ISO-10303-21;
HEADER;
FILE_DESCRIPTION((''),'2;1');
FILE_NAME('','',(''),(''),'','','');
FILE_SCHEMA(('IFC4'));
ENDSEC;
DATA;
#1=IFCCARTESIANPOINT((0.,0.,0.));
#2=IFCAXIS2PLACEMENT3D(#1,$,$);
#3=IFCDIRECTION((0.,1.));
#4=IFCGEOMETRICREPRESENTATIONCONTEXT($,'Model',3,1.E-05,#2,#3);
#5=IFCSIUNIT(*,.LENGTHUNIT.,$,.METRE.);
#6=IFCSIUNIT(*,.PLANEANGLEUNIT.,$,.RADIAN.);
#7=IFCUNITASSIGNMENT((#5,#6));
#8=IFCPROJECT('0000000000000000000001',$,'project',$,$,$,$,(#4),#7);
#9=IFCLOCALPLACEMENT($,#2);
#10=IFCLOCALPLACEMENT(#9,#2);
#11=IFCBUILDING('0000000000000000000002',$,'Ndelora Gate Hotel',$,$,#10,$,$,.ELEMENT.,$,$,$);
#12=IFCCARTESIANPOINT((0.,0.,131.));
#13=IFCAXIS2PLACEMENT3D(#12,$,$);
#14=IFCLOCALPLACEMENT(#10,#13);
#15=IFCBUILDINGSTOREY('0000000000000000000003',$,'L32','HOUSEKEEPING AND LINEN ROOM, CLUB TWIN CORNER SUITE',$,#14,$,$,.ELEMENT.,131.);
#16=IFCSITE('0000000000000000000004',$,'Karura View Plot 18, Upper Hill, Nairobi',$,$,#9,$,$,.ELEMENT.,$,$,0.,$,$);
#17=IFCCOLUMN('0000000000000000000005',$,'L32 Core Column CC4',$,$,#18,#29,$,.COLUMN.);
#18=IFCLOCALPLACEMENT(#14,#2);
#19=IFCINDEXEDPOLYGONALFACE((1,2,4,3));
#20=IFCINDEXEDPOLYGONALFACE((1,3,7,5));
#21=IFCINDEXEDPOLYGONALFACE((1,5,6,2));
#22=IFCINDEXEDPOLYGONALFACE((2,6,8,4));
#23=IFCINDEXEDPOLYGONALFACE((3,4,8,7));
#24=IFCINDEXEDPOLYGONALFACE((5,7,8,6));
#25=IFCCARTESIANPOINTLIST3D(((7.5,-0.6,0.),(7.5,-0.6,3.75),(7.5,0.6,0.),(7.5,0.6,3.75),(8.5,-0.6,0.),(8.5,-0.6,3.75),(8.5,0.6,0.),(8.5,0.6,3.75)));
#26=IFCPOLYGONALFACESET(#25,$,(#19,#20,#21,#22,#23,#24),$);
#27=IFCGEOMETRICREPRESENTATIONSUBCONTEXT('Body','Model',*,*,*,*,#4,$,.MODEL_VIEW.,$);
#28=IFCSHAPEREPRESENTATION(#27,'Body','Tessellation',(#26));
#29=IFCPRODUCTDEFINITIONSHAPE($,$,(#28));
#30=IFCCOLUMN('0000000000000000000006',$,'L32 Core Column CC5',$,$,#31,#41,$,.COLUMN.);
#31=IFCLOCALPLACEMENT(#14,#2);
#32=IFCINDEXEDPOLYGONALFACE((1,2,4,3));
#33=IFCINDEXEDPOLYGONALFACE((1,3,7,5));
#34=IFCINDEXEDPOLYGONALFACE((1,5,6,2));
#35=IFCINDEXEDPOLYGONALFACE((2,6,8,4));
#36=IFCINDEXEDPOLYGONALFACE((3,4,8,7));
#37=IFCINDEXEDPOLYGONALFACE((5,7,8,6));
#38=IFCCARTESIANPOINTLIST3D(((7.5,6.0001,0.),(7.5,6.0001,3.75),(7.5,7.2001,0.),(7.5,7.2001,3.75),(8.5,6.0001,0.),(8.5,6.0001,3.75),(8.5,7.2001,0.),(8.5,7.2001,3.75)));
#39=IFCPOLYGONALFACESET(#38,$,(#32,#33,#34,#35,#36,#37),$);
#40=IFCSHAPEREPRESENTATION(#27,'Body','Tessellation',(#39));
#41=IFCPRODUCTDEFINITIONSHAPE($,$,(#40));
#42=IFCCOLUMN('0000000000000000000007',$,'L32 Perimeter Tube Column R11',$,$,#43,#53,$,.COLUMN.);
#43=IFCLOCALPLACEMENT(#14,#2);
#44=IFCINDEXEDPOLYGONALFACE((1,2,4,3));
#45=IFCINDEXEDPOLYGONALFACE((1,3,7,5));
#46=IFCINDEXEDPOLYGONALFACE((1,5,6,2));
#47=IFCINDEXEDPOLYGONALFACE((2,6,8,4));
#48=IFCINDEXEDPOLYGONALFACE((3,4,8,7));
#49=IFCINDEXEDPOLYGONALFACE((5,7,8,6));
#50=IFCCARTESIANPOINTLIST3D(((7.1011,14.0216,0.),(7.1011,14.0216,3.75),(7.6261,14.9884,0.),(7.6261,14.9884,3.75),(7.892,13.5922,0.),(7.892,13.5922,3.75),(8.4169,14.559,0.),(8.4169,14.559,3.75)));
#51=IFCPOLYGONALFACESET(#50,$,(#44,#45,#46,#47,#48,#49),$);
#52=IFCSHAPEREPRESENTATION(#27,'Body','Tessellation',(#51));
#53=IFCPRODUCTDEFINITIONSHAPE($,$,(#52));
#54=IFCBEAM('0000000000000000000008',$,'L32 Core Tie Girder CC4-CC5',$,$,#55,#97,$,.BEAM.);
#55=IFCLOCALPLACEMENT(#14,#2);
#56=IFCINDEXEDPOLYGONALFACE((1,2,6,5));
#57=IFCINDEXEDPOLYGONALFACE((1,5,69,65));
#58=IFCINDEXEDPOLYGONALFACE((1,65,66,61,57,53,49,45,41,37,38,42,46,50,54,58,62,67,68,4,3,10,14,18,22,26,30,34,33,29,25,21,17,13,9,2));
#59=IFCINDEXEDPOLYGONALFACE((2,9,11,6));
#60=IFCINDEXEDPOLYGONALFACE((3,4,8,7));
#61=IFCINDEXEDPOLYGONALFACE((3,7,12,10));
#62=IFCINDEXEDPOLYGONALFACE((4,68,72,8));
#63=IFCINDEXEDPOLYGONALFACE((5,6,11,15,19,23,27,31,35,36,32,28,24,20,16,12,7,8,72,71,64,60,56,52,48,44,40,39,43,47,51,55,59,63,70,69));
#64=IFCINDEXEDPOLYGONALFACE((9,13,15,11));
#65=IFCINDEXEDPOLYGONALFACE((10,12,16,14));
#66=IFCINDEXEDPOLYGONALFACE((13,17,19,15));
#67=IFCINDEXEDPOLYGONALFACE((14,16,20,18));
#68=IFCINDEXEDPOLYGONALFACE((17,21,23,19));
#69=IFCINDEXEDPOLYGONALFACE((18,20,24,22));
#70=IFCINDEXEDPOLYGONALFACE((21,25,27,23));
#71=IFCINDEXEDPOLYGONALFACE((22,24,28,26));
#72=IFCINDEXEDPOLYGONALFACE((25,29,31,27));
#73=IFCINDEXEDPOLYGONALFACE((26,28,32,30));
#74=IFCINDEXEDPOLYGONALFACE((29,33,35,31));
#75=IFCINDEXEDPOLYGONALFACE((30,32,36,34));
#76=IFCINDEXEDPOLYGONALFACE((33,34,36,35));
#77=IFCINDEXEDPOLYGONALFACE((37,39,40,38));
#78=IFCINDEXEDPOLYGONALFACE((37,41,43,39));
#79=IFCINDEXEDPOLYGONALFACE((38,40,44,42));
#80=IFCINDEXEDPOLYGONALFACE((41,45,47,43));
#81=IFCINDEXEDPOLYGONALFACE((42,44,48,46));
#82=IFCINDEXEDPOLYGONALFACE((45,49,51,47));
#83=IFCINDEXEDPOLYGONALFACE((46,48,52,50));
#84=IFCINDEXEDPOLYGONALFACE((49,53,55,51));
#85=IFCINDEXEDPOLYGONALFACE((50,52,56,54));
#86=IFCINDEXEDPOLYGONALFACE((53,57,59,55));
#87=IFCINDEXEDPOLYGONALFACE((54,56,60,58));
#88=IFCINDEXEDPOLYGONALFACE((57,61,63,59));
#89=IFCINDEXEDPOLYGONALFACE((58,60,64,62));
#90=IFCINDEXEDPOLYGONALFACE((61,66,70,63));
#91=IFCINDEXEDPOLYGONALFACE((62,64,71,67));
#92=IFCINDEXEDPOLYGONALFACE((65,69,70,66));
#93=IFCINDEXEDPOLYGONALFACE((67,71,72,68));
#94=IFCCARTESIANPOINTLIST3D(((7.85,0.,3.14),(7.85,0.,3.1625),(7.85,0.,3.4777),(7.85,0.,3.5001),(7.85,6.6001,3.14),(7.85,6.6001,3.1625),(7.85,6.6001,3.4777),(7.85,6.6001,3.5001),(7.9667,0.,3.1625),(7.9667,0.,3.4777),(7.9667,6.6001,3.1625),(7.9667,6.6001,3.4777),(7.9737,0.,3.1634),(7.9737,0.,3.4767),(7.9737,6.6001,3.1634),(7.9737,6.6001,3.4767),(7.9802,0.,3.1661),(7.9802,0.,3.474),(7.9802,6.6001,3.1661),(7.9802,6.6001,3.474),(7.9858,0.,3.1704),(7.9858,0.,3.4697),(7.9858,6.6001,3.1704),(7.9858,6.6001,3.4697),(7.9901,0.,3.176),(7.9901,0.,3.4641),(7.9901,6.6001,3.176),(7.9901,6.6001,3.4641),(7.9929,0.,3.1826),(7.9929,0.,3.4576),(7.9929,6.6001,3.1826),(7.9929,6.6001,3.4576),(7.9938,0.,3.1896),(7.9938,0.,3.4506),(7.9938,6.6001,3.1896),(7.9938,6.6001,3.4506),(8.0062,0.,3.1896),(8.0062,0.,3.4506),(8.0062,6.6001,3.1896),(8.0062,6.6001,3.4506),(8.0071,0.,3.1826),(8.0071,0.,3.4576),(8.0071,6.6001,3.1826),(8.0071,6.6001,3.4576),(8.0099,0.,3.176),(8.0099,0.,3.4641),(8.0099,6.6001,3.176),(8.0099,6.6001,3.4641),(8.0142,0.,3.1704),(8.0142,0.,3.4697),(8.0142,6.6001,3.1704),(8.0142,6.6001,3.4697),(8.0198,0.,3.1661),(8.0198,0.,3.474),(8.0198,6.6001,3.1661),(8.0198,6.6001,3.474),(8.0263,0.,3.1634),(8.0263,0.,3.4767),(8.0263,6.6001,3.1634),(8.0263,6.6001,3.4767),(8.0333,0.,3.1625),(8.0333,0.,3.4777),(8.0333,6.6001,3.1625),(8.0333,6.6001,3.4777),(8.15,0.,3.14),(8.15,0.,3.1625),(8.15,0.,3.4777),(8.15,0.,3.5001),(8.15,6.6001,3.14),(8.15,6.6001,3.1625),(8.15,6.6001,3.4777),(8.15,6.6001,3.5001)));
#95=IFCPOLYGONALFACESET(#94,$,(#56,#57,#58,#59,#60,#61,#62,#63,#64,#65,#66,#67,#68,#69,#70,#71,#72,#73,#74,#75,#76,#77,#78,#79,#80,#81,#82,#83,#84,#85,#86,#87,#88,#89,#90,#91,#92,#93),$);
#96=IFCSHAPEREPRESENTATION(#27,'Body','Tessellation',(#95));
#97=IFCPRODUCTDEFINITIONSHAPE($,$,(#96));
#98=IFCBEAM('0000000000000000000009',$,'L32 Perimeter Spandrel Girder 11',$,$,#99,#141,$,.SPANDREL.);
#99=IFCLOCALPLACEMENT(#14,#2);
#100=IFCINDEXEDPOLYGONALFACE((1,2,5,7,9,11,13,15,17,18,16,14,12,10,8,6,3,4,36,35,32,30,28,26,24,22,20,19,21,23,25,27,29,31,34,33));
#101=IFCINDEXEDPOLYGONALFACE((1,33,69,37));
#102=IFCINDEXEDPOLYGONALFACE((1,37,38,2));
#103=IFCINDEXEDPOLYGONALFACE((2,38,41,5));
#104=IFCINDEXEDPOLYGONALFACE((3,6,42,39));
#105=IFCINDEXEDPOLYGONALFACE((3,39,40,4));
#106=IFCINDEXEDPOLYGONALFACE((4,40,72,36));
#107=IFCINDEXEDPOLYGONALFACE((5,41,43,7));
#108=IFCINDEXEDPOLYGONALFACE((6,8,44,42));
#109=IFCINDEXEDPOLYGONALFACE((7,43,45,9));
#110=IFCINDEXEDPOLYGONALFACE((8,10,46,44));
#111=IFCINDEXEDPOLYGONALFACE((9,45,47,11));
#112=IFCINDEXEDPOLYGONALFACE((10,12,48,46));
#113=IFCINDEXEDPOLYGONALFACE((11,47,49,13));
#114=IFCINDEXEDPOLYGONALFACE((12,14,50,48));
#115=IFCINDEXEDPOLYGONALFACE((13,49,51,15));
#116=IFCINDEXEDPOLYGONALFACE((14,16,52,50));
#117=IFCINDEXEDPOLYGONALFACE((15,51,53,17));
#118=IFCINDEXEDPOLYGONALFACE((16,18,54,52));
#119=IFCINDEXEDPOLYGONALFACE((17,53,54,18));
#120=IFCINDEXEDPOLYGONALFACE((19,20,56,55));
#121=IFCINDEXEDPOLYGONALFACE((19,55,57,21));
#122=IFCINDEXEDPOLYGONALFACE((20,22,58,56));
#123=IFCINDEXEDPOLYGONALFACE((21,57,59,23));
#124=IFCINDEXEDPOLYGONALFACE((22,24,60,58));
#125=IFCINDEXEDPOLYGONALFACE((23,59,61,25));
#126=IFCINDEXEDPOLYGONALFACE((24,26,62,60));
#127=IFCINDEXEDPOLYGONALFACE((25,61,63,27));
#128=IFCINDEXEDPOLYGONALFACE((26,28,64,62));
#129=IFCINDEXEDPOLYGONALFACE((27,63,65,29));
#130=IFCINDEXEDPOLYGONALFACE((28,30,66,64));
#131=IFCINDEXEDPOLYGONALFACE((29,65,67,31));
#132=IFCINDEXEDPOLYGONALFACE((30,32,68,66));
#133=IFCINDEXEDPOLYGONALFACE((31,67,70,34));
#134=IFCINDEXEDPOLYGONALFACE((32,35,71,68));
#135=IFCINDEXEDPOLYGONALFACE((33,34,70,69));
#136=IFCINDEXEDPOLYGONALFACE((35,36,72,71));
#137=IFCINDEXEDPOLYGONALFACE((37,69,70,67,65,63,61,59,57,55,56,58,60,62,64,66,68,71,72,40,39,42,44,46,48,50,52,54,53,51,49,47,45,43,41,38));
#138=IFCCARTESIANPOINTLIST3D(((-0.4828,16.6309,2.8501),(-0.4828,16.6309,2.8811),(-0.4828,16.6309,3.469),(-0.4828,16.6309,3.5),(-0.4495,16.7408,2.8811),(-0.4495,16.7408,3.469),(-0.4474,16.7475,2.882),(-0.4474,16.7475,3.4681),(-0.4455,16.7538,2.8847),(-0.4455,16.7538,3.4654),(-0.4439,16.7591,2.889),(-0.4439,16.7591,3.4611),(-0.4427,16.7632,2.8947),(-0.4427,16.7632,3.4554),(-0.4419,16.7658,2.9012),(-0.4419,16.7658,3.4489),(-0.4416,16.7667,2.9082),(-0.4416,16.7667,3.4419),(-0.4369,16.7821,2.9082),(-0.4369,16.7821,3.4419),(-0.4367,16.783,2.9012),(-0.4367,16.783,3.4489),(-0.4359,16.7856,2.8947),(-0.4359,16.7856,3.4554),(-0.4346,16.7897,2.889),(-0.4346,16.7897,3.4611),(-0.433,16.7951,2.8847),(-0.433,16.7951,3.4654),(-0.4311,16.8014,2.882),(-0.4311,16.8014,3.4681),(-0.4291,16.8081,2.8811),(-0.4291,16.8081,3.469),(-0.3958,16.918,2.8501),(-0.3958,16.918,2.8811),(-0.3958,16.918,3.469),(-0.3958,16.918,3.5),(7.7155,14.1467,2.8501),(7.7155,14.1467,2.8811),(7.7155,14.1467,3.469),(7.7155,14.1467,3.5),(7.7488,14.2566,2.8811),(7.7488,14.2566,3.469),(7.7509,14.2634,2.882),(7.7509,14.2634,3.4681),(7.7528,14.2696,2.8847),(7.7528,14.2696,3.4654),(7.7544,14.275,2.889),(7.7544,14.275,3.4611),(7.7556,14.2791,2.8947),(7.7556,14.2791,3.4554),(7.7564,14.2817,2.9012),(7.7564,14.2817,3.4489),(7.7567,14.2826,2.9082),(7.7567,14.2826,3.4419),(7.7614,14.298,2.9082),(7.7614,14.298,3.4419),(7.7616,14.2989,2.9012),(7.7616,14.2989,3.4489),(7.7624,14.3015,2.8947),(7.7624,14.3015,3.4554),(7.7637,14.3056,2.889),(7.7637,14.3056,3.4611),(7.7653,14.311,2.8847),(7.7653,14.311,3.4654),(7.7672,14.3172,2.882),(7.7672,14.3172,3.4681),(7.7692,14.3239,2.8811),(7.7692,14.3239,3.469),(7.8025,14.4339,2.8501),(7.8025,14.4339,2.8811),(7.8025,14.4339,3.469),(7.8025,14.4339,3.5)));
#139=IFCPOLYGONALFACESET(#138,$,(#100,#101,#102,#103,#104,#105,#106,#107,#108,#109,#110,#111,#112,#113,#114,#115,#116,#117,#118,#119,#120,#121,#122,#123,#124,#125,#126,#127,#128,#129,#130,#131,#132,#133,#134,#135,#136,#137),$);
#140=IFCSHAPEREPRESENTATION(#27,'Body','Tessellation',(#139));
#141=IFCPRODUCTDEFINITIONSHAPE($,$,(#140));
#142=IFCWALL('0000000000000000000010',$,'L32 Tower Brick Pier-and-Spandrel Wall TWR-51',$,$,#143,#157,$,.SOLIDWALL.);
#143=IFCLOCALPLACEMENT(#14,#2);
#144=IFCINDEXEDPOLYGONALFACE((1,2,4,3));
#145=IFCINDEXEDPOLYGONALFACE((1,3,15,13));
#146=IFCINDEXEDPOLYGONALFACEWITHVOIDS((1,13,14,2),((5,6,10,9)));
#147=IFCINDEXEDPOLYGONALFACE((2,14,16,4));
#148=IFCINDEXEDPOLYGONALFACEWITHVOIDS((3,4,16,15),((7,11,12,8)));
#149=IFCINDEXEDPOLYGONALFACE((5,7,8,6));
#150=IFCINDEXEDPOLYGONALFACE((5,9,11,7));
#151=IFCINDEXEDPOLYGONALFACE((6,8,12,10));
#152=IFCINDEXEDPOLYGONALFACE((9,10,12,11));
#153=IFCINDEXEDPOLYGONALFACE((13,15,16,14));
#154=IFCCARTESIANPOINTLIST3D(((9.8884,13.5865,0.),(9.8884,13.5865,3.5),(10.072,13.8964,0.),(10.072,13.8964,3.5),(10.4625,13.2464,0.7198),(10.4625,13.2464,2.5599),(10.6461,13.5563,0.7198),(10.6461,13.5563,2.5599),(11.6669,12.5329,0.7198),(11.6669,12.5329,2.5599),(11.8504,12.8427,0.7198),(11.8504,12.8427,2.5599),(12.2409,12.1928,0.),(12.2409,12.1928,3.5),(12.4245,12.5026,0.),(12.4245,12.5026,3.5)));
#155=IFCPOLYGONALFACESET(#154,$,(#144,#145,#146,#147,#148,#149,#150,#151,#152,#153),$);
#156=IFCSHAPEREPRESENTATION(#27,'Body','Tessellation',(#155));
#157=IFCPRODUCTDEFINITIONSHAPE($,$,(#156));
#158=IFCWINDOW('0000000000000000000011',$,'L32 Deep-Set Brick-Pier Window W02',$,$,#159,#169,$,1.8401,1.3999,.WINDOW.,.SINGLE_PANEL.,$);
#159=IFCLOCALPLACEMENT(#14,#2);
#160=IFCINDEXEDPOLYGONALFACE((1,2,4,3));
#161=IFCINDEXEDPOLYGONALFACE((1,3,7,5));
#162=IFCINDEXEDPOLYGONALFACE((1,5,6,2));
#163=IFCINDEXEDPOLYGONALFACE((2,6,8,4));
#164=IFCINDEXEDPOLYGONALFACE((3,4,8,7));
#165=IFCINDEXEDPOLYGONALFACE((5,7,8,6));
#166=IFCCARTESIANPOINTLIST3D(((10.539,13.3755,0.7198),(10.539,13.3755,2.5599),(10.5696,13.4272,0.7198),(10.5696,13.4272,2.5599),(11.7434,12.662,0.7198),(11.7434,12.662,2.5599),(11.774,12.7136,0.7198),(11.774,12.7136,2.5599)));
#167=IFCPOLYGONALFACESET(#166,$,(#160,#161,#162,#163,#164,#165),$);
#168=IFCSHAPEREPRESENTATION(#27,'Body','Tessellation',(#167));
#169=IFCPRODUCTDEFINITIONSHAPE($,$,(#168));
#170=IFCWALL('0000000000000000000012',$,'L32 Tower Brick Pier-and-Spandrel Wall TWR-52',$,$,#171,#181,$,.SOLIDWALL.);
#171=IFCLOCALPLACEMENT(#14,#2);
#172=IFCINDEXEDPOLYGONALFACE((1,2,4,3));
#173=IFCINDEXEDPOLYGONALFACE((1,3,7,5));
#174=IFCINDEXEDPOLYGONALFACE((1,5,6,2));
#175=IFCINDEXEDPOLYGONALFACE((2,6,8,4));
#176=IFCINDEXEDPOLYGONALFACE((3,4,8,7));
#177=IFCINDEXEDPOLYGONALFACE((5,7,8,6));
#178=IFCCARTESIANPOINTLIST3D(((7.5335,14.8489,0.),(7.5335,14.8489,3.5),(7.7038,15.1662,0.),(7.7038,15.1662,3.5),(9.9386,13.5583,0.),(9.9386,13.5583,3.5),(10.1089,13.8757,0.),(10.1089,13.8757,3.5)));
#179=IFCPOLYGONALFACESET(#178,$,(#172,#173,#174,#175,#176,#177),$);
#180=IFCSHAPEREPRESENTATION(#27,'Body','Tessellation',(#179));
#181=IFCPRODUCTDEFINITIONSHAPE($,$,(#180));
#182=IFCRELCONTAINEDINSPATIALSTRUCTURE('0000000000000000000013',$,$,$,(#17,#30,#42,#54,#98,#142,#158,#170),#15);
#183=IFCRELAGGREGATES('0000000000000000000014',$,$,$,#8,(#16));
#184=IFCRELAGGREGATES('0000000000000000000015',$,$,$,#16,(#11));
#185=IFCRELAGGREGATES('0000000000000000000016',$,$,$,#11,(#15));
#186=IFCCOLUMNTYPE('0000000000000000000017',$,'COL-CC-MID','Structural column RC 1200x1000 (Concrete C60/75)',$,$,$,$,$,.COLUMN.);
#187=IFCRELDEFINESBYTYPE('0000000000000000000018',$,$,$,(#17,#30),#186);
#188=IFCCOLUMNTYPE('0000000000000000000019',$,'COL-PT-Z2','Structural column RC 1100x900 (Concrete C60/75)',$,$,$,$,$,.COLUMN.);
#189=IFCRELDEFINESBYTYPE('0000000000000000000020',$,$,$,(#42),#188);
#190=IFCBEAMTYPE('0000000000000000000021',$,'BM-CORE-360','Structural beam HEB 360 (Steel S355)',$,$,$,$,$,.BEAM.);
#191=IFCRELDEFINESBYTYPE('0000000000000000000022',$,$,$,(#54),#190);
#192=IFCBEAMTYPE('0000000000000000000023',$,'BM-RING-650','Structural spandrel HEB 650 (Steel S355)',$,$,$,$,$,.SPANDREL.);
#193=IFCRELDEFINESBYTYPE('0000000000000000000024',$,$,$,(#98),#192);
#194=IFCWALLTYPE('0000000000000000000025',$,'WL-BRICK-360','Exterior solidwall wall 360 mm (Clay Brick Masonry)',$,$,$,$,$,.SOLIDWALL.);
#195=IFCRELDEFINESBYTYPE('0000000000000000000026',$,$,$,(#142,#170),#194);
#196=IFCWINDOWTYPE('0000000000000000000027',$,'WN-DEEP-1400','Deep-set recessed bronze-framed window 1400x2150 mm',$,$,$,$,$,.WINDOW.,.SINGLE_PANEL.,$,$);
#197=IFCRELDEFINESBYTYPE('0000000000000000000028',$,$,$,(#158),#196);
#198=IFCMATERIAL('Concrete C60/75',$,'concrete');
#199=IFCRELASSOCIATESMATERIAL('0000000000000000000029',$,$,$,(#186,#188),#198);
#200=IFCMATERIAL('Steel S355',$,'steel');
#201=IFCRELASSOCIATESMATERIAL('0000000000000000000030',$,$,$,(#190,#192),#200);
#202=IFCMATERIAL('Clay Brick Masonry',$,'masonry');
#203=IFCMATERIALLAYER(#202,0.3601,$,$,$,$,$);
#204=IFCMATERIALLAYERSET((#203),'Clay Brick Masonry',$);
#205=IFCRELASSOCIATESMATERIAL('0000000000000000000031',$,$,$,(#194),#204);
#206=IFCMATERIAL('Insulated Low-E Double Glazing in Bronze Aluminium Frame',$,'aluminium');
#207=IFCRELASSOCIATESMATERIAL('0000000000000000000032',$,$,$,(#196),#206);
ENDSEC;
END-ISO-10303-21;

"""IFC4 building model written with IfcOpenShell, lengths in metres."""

from ifc_helpers import new_model, si_unit, direction, frame, frame_2d, origin, origin_2d, place, context, subcontext, project, spatial, rectangle, i_section, extrude, material, layer, layer_set, material_profile, profile_set, type_object, element, fill, save


model = new_model("IFC4")

# Units and contexts
model_context = context("Model", 3, precision=1e-05, world=origin(), true_north=direction((0.0, 1.0)))
body_context = subcontext(model_context, "Body", "Model", "MODEL_VIEW")
ifc_project = project(units=[si_unit("LENGTHUNIT", "METRE"), si_unit("PLANEANGLEUNIT", "RADIAN")], contexts=[model_context])

# Site, building, storey
site_placement = place(None, origin())
site = spatial("IfcSite", under=ifc_project, at=site_placement, Name="Karura View Plot 18, Upper Hill, Nairobi", CompositionType="ELEMENT", RefElevation=0.0)
building_placement = place(site_placement, origin())
building = spatial("IfcBuilding", under=site, at=building_placement, Name="Ndelora Gate Hotel", CompositionType="ELEMENT")
storey_placement = place(building_placement, frame((0.0, 0.0, 131.0)))
storey = spatial("IfcBuildingStorey", under=building, at=storey_placement, Name="L32", Description="HOUSEKEEPING AND LINEN ROOM, CLUB TWIN CORNER SUITE", CompositionType="ELEMENT", Elevation=131.0)

# Columns
ifc_material_1 = material(Name="Concrete C60/75", Category="concrete")
ifc_material_profile_1 = material_profile(ifc_material_1, rectangle(XDim=1.0, YDim=1.2, at=origin_2d()), Name="RC 1200x1000")
ifc_profile_set_1 = profile_set([ifc_material_profile_1], Name="Concrete C60/75")
column_type_1 = type_object("IfcColumnType", Name="COL-CC-MID", Description="Structural column RC 1200x1000 (Concrete C60/75)", PredefinedType="COLUMN", material=ifc_profile_set_1)
for number, where, z_axis, x_axis, name in (
    (1, (8.0, 0.0, 0.0), (0.0, 0.0, 1.0), (1.0, 0.0, 0.0), "L32 Core Column CC4"),
    (2, (8.0, 6.6001, 0.0), (0.0, 0.0, 1.0), (1.0, 0.0, 0.0), "L32 Core Column CC5"),
):
    element("IfcColumn", number, at=place(storey_placement, frame(where, z_axis=z_axis, x_axis=x_axis)), inside=storey, type_object=column_type_1, Name=name, PredefinedType="COLUMN", context=body_context, shape_type="SweptSolid", body=[
        extrude(rectangle(XDim=1.0, YDim=1.2, at=origin_2d()), origin(), (0.0, 0.0, 1.0), 3.75),
    ])
ifc_material_profile_2 = material_profile(ifc_material_1, rectangle(XDim=0.8999, YDim=1.1001, at=origin_2d()), Name="RC 1100x900")
ifc_profile_set_2 = profile_set([ifc_material_profile_2], Name="Concrete C60/75")
column_type_2 = type_object("IfcColumnType", Name="COL-PT-Z2", Description="Structural column RC 1100x900 (Concrete C60/75)", PredefinedType="COLUMN", material=ifc_profile_set_2)
column_placement = place(storey_placement, frame((7.759, 14.2903, 0.0), z_axis=(0.0, 0.0, 1.0), x_axis=(-0.878817, 0.477159, 0.0)))
element("IfcColumn", 3, at=column_placement, inside=storey, type_object=column_type_2, Name="L32 Perimeter Tube Column R11", PredefinedType="COLUMN", context=body_context, shape_type="SweptSolid", body=[
    extrude(rectangle(XDim=0.8999, YDim=1.1001, at=origin_2d()), origin(), (0.0, 0.0, 1.0), 3.75),
])

# Beams
ifc_material_2 = material(Name="Steel S355", Category="steel")
ifc_material_profile_3 = material_profile(ifc_material_2, i_section(OverallWidth=0.3, OverallDepth=0.3601, WebThickness=0.0125, FlangeThickness=0.0225, FilletRadius=0.0271, at=origin_2d()), Name="HEB 360")
ifc_profile_set_3 = profile_set([ifc_material_profile_3], Name="Steel S355")
beam_type_1 = type_object("IfcBeamType", Name="BM-CORE-360", Description="Structural beam HEB 360 (Steel S355)", PredefinedType="BEAM", material=ifc_profile_set_3)
beam_1_placement = place(storey_placement, frame((8.0, 0.0, 3.3201), z_axis=(0.0, 1.0, 0.0), x_axis=(-1.0, 0.0, 0.0)))
element("IfcBeam", 4, at=beam_1_placement, inside=storey, type_object=beam_type_1, Name="L32 Core Tie Girder CC4-CC5", PredefinedType="BEAM", context=body_context, shape_type="SweptSolid", body=[
    extrude(i_section(OverallWidth=0.3, OverallDepth=0.3601, WebThickness=0.0125, FlangeThickness=0.0225, FilletRadius=0.0271, at=origin_2d()), origin(), (0.0, 0.0, 1.0), 6.6001),
])
ifc_material_profile_4 = material_profile(ifc_material_2, i_section(OverallWidth=0.3, OverallDepth=0.6499, WebThickness=0.0161, FlangeThickness=0.031, FilletRadius=0.0271, at=origin_2d()), Name="HEB 650")
ifc_profile_set_4 = profile_set([ifc_material_profile_4], Name="Steel S355")
beam_type_2 = type_object("IfcBeamType", Name="BM-RING-650", Description="Structural spandrel HEB 650 (Steel S355)", PredefinedType="SPANDREL", material=ifc_profile_set_4)
beam_2_placement = place(storey_placement, frame((7.759, 14.2903, 3.175), z_axis=(-0.95703, 0.289988, 0.0), x_axis=(-0.289988, -0.95703, 0.0)))
element("IfcBeam", 5, at=beam_2_placement, inside=storey, type_object=beam_type_2, Name="L32 Perimeter Spandrel Girder 11", PredefinedType="SPANDREL", context=body_context, shape_type="SweptSolid", body=[
    extrude(i_section(OverallWidth=0.3, OverallDepth=0.6499, WebThickness=0.0161, FlangeThickness=0.031, FilletRadius=0.0271, at=origin_2d()), origin(), (0.0, 0.0, 1.0), 8.5664),
])

# Wall, opening, window
ifc_material_3 = material(Name="Clay Brick Masonry", Category="masonry")
ifc_layer_1 = layer(ifc_material_3, 0.3601)
ifc_layer_set_1 = layer_set([ifc_layer_1], Name="Clay Brick Masonry")
wall_type_1 = type_object("IfcWallType", Name="WL-BRICK-360", Description="Exterior solidwall wall 360 mm (Clay Brick Masonry)", PredefinedType="SOLIDWALL", material=ifc_layer_set_1)
wall_1_placement = place(storey_placement, frame((9.9802, 13.7415, 0.0), z_axis=(0.0, 0.0, 1.0), x_axis=(0.860339, -0.509722, 0.0)))
wall_1 = element("IfcWall", 6, at=wall_1_placement, inside=storey, type_object=wall_type_1, Name="L32 Tower Brick Pier-and-Spandrel Wall TWR-51", PredefinedType="SOLIDWALL", context=body_context, shape_type="SweptSolid", body=[
    extrude(rectangle(XDim=2.7344, YDim=0.3601, at=frame_2d((1.3672, 0.0))), origin(), (0.0, 0.0, 1.0), 3.5),
])
opening_1_placement = place(wall_1_placement, frame((0.6672, 0.0, 0.72)))
opening_1 = element("IfcOpeningElement", 7, at=opening_1_placement, cuts=wall_1, PredefinedType="OPENING", context=body_context, shape_type="SweptSolid", body=[
    extrude(rectangle(XDim=1.3999, YDim=1.8401, at=frame_2d((0.7, 0.9199))), frame((0.0, 0.1899, 0.0), z_axis=(0.0, -1.0, 0.0), x_axis=(1.0, 0.0, 0.0)), (0.0, 0.0, 1.0), 0.3801),
])
ifc_material_4 = material(Name="Insulated Low-E Double Glazing in Bronze Aluminium Frame", Category="aluminium")
window_type = type_object("IfcWindowType", Name="WN-DEEP-1400", Description="Deep-set recessed bronze-framed window 1400x2150 mm", PartitioningType="SINGLE_PANEL", PredefinedType="WINDOW", material=ifc_material_4)
window_placement = place(opening_1_placement, origin())
window = element("IfcWindow", 8, at=window_placement, inside=storey, type_object=window_type, Name="L32 Deep-Set Brick-Pier Window W02", OverallHeight=1.8401, OverallWidth=1.3999, PartitioningType="SINGLE_PANEL", PredefinedType="WINDOW", context=body_context, shape_type="SweptSolid", body=[
    extrude(rectangle(XDim=1.3999, YDim=1.8401, at=frame_2d((0.7, 0.9199))), frame((0.0, 0.03, 0.0), z_axis=(0.0, -1.0, 0.0), x_axis=(1.0, 0.0, 0.0)), (0.0, 0.0, 1.0), 0.0601),
])
fill(opening_1, window)

# Wall
wall_2_placement = place(storey_placement, frame((7.6187, 15.0076, 0.0), z_axis=(0.0, 0.0, 1.0), x_axis=(0.881157, -0.472824, 0.0)))
element("IfcWall", 9, at=wall_2_placement, inside=storey, type_object=wall_type_1, Name="L32 Tower Brick Pier-and-Spandrel Wall TWR-52", PredefinedType="SOLIDWALL", context=body_context, shape_type="SweptSolid", body=[
    extrude(rectangle(XDim=2.7295, YDim=0.3601, at=frame_2d((1.3647, 0.0))), origin(), (0.0, 0.0, 1.0), 3.5),
])

save(model, "model.ifc")
